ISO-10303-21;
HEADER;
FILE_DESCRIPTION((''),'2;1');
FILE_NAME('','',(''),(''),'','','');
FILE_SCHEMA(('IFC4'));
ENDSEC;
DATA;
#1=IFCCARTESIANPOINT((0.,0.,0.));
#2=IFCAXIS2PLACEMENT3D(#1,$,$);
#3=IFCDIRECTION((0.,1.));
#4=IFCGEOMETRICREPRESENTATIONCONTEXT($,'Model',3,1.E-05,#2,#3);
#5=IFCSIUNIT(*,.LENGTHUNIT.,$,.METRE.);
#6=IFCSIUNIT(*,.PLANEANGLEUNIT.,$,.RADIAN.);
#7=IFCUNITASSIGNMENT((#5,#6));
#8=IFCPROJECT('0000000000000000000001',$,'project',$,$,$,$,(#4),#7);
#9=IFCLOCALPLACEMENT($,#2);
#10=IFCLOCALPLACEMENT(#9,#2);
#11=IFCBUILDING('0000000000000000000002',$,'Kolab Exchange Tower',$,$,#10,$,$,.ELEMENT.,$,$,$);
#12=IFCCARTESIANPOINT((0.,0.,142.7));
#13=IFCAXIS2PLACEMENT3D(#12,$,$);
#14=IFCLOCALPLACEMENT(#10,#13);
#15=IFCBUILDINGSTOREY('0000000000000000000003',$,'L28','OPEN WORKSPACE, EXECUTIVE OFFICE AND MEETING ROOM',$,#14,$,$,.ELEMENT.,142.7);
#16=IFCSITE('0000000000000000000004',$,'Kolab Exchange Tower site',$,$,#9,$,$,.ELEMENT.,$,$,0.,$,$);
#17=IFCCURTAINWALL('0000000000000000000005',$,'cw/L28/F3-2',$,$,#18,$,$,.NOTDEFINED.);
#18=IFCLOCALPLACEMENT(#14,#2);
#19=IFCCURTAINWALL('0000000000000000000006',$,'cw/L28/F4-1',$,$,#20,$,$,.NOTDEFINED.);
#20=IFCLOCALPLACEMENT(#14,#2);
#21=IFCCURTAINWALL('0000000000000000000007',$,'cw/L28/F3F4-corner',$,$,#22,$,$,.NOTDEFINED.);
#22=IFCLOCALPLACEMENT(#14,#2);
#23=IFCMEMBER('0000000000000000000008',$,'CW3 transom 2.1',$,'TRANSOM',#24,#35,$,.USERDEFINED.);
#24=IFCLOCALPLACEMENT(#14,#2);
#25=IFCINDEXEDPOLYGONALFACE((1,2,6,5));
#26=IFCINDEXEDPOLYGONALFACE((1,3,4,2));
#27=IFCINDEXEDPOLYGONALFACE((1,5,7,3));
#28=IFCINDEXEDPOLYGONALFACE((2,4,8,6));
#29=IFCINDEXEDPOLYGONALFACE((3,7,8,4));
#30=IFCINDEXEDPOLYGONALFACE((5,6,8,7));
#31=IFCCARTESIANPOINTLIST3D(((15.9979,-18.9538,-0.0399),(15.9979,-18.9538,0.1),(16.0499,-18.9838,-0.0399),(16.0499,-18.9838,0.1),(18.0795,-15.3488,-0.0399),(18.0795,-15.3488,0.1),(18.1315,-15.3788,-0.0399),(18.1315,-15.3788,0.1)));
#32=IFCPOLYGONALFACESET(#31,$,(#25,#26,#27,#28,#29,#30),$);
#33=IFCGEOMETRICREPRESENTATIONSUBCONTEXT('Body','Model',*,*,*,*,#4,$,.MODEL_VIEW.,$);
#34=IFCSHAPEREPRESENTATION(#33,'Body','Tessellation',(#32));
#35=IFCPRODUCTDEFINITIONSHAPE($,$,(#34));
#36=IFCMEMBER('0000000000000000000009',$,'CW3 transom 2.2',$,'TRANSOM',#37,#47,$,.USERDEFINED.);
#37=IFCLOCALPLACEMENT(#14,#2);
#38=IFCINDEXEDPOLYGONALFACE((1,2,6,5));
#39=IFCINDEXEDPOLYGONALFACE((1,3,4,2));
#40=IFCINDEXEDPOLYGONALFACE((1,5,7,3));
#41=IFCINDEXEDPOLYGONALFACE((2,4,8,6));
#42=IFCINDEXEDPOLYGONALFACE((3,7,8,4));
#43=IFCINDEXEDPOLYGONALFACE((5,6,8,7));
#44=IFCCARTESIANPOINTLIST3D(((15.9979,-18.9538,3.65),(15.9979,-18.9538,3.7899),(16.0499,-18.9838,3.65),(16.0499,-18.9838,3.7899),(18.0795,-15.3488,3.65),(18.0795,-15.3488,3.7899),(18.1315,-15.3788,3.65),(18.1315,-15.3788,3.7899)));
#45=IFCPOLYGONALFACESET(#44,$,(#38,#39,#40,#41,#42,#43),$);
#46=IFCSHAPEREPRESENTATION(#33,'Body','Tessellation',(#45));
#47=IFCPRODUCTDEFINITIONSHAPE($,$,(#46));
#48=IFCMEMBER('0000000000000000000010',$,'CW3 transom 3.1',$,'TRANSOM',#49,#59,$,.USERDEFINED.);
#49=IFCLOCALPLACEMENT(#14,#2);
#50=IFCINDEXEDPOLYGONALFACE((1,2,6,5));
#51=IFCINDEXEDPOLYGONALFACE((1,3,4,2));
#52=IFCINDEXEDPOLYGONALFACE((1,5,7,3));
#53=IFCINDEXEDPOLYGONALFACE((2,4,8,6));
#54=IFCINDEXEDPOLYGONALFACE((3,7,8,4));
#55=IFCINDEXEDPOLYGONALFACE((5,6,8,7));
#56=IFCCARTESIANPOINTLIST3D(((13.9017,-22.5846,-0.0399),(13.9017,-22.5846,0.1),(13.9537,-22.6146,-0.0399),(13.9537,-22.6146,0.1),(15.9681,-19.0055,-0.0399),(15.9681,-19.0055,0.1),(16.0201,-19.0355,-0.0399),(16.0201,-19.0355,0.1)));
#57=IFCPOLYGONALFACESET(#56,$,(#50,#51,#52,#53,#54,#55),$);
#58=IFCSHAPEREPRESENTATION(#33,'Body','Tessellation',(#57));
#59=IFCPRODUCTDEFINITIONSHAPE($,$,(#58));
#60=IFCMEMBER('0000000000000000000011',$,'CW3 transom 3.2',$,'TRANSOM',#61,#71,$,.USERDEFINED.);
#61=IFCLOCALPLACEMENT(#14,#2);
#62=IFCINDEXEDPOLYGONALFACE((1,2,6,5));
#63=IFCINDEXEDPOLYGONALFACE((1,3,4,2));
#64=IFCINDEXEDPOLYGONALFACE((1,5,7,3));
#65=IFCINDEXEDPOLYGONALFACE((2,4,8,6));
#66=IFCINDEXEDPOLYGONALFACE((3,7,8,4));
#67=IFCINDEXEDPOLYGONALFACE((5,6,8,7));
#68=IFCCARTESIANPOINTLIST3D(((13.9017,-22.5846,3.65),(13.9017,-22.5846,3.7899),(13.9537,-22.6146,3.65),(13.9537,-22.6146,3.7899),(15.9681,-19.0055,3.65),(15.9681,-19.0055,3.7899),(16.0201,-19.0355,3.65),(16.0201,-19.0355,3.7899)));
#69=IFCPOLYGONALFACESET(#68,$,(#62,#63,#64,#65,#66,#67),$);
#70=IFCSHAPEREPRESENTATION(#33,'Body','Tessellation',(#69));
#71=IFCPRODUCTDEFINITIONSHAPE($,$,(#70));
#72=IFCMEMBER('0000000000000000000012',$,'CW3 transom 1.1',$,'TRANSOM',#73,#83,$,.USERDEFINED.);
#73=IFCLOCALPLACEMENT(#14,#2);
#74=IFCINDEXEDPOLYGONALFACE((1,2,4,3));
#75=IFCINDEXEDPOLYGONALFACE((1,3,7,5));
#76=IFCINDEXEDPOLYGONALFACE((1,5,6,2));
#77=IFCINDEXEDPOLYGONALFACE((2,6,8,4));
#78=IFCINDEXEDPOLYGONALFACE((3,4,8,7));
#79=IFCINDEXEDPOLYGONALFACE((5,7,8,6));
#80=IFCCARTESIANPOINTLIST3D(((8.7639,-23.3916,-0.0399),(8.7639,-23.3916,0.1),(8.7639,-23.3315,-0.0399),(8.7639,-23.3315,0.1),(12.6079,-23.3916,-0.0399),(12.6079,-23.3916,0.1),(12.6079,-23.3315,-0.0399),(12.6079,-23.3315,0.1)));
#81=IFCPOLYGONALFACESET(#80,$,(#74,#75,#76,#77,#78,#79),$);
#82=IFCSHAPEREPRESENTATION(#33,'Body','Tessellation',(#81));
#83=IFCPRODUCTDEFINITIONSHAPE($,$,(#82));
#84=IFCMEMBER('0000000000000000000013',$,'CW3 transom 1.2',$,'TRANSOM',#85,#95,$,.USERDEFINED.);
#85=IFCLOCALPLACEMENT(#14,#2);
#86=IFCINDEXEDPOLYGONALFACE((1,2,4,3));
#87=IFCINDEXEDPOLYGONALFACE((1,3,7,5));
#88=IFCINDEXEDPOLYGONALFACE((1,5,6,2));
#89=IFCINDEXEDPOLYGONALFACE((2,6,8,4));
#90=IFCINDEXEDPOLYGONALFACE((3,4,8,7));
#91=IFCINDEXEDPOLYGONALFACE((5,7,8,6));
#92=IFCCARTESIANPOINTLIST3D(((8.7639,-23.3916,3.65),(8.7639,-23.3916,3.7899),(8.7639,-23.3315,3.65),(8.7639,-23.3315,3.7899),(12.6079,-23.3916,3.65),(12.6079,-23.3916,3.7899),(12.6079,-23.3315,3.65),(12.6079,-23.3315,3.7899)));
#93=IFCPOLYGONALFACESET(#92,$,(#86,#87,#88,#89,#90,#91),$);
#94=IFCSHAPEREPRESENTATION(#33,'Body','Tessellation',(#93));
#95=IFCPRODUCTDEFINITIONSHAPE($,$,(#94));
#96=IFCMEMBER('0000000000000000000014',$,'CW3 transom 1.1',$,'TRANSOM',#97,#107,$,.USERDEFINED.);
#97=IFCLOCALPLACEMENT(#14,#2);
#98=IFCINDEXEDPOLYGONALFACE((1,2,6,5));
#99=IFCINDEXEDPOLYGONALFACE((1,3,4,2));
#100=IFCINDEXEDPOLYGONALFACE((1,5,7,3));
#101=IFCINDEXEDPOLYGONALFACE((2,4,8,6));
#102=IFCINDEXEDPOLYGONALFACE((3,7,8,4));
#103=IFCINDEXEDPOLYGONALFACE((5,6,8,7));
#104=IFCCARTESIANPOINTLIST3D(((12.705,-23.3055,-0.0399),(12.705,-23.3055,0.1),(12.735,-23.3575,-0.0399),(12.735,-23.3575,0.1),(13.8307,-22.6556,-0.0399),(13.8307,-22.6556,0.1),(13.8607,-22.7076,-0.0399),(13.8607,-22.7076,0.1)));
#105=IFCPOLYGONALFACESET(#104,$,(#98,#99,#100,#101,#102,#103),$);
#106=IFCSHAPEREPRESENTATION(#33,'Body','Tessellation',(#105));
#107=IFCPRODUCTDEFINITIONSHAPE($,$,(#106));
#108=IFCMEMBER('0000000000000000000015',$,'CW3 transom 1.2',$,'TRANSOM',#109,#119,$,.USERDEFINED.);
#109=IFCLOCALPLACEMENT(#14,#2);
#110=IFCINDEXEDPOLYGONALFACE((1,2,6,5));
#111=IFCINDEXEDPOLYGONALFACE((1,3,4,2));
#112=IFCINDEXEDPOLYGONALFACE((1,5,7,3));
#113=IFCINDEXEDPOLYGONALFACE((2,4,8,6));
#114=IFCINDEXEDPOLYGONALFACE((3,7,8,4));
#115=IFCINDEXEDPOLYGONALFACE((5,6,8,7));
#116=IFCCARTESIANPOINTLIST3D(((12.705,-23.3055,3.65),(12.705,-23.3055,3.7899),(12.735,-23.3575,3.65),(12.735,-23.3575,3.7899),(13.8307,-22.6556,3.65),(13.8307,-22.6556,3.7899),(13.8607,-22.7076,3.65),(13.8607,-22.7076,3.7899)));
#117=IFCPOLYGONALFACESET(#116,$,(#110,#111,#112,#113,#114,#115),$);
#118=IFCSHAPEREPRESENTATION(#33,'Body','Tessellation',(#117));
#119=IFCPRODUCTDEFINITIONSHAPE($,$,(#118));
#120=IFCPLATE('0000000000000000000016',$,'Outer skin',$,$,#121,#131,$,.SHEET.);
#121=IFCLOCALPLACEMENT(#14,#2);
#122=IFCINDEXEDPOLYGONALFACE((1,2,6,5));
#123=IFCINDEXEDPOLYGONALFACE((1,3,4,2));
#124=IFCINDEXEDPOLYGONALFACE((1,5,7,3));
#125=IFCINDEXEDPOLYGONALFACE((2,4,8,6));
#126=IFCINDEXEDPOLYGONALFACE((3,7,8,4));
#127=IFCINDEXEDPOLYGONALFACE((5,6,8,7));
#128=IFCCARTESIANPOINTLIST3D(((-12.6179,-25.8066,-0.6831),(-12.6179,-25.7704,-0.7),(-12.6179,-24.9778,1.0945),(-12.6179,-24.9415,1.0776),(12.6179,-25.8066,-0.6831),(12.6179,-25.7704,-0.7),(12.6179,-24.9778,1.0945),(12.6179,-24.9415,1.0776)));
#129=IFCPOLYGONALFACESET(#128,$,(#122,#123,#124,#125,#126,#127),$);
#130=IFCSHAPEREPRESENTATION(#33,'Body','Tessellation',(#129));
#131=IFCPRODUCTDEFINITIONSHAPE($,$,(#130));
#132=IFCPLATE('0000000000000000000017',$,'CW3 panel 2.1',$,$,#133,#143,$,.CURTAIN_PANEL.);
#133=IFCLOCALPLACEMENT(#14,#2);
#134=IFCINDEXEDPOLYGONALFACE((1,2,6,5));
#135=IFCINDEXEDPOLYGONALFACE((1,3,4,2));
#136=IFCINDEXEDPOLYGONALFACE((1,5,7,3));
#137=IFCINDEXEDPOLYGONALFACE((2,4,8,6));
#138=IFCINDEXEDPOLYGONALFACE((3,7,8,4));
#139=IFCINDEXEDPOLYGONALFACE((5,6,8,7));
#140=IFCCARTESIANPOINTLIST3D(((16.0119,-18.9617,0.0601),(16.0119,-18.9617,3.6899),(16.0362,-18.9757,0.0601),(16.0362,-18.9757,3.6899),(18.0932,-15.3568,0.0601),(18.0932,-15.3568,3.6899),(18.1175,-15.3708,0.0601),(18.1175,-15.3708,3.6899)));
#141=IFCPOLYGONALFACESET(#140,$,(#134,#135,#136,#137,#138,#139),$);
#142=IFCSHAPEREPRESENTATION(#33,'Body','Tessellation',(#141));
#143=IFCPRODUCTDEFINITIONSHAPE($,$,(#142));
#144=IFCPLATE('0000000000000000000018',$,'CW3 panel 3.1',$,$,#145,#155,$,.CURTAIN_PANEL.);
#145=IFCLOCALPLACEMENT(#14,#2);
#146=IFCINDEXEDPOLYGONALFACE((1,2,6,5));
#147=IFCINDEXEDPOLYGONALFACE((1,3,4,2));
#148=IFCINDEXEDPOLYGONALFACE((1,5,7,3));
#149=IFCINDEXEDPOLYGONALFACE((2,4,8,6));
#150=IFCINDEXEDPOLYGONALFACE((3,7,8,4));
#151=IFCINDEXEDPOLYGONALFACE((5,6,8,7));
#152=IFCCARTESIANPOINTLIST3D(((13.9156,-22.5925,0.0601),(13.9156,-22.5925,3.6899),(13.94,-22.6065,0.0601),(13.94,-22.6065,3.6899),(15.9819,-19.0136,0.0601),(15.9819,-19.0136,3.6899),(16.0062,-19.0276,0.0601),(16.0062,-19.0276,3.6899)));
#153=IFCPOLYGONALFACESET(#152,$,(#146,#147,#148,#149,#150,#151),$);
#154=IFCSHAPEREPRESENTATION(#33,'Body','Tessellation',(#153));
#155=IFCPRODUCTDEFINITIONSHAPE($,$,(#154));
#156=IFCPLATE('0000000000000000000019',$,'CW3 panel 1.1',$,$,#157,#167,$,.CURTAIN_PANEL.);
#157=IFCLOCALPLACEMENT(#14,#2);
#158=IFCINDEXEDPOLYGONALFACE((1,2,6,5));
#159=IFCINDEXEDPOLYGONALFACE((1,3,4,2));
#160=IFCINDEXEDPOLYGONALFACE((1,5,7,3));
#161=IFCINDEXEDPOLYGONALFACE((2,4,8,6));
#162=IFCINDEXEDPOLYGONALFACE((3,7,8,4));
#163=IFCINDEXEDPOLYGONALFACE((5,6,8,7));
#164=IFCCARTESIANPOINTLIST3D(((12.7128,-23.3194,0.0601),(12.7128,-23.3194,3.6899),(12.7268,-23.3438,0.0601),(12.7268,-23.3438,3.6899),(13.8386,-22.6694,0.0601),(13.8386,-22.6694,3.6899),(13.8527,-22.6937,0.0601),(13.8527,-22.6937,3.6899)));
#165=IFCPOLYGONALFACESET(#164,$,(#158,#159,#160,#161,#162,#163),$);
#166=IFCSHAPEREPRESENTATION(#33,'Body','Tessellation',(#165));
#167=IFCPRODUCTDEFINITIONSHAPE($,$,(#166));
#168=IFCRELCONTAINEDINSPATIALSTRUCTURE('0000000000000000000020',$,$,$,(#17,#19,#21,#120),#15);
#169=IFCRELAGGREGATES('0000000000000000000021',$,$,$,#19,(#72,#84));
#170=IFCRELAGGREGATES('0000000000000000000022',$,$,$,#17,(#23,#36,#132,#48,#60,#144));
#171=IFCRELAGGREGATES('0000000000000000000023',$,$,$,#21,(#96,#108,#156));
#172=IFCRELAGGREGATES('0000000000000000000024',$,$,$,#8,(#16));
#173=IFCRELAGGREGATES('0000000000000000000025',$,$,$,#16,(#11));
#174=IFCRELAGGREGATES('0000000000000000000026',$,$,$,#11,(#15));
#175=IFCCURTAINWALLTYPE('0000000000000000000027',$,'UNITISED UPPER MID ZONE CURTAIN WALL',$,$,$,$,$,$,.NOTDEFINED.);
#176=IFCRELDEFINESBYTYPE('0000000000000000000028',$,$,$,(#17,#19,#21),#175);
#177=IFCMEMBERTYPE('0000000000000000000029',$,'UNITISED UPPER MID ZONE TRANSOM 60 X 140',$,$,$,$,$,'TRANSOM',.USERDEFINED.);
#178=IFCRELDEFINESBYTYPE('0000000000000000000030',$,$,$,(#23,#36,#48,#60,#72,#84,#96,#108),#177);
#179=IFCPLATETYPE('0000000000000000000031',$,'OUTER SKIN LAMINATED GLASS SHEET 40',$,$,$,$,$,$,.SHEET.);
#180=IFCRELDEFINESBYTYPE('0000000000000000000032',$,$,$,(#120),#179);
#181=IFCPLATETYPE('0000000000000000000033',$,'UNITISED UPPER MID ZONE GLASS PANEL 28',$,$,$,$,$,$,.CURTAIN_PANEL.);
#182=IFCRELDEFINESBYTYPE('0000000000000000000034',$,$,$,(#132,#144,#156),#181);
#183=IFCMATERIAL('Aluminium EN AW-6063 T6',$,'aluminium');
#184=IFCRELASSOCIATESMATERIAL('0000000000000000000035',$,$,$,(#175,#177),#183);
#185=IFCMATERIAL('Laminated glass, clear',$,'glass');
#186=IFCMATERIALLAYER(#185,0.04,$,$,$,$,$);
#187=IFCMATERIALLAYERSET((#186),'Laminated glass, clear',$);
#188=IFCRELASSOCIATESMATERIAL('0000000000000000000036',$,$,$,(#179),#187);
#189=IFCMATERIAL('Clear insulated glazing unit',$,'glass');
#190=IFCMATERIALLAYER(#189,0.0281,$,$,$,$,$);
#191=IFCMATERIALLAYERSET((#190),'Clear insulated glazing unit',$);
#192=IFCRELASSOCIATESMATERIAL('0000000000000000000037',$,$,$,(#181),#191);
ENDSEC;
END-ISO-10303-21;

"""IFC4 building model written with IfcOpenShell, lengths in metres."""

from ifc_helpers import new_model, si_unit, direction, frame, origin, origin_2d, place, context, subcontext, project, spatial, polyline, rectangle, outline, extrude, material, layer, layer_set, material_profile, profile_set, type_object, element, aggregate, save


model = new_model("IFC4")

# Units and contexts
model_context = context("Model", 3, precision=1e-05, world=origin(), true_north=direction((0.0, 1.0)))
body_context = subcontext(model_context, "Body", "Model", "MODEL_VIEW")
ifc_project = project(units=[si_unit("LENGTHUNIT", "METRE"), si_unit("PLANEANGLEUNIT", "RADIAN")], contexts=[model_context])

# Site, building, storey
site_placement = place(None, origin())
site = spatial("IfcSite", under=ifc_project, at=site_placement, Name="Kolab Exchange Tower site", CompositionType="ELEMENT", RefElevation=0.0)
building_placement = place(site_placement, origin())
building = spatial("IfcBuilding", under=site, at=building_placement, Name="Kolab Exchange Tower", CompositionType="ELEMENT")
storey_placement = place(building_placement, frame((0.0, 0.0, 142.7)))
storey = spatial("IfcBuildingStorey", under=building, at=storey_placement, Name="L28", Description="OPEN WORKSPACE, EXECUTIVE OFFICE AND MEETING ROOM", CompositionType="ELEMENT", Elevation=142.7)

# Curtain wall
ifc_material_1 = material(Name="Aluminium EN AW-6063 T6", Category="aluminium")
curtain_wall_type = type_object("IfcCurtainWallType", Name="UNITISED UPPER MID ZONE CURTAIN WALL", PredefinedType="NOTDEFINED", material=ifc_material_1)
curtain_wall_1_placement = place(storey_placement, origin())
curtain_wall_1 = element("IfcCurtainWall", 1, at=curtain_wall_1_placement, inside=storey, type_object=curtain_wall_type, Name="cw/L28/F3-2", PredefinedType="NOTDEFINED")

# Curtain wall
curtain_wall_2_placement = place(storey_placement, origin())
curtain_wall_2 = element("IfcCurtainWall", 2, at=curtain_wall_2_placement, inside=storey, type_object=curtain_wall_type, Name="cw/L28/F4-1", PredefinedType="NOTDEFINED")

# Curtain wall
curtain_wall_3_placement = place(storey_placement, origin())
curtain_wall_3 = element("IfcCurtainWall", 3, at=curtain_wall_3_placement, inside=storey, type_object=curtain_wall_type, Name="cw/L28/F3F4-corner", PredefinedType="NOTDEFINED")

# Members
ifc_material_profile_1 = material_profile(ifc_material_1, rectangle(XDim=0.0601, YDim=0.1399, at=origin_2d()), Name="RECT 60X140")
ifc_profile_set_1 = profile_set([ifc_material_profile_1], Name="Aluminium EN AW-6063 T6")
member_type_1 = type_object("IfcMemberType", Name="UNITISED UPPER MID ZONE TRANSOM 60 X 140", ElementType="TRANSOM", PredefinedType="USERDEFINED", material=ifc_profile_set_1)
member_1_placement = place(storey_placement, frame((18.1055, -15.3638, 0.03), z_axis=(-0.500037, -0.866004, 0.0), x_axis=(0.866004, -0.500037, 0.0)))
member_1 = element("IfcMember", 4, at=member_1_placement, type_object=member_type_1, Name="CW3 transom 2.1", ObjectType="TRANSOM", PredefinedType="USERDEFINED", context=body_context, shape_type="SweptSolid", body=[
    extrude(rectangle(XDim=0.0601, YDim=0.1399, at=origin_2d()), origin(), (0.0, 0.0, 1.0), 4.1628),
])
member_2_placement = place(storey_placement, frame((18.1055, -15.3638, 3.72), z_axis=(-0.500037, -0.866004, 0.0), x_axis=(0.866004, -0.500037, 0.0)))
member_2 = element("IfcMember", 5, at=member_2_placement, type_object=member_type_1, Name="CW3 transom 2.2", ObjectType="TRANSOM", PredefinedType="USERDEFINED", context=body_context, shape_type="SweptSolid", body=[
    extrude(rectangle(XDim=0.0601, YDim=0.1399, at=origin_2d()), origin(), (0.0, 0.0, 1.0), 4.1628),
])
member_3_placement = place(storey_placement, frame((15.9941, -19.0205, 0.03), z_axis=(-0.500002, -0.866024, 0.0), x_axis=(0.866024, -0.500002, 0.0)))
member_3 = element("IfcMember", 6, at=member_3_placement, type_object=member_type_1, Name="CW3 transom 3.1", ObjectType="TRANSOM", PredefinedType="USERDEFINED", context=body_context, shape_type="SweptSolid", body=[
    extrude(rectangle(XDim=0.0601, YDim=0.1399, at=origin_2d()), origin(), (0.0, 0.0, 1.0), 4.1328),
])
member_4_placement = place(storey_placement, frame((15.9941, -19.0205, 3.72), z_axis=(-0.500002, -0.866024, 0.0), x_axis=(0.866024, -0.500002, 0.0)))
member_4 = element("IfcMember", 7, at=member_4_placement, type_object=member_type_1, Name="CW3 transom 3.2", ObjectType="TRANSOM", PredefinedType="USERDEFINED", context=body_context, shape_type="SweptSolid", body=[
    extrude(rectangle(XDim=0.0601, YDim=0.1399, at=origin_2d()), origin(), (0.0, 0.0, 1.0), 4.1328),
])
member_5_placement = place(storey_placement, frame((12.6079, -23.3616, 0.03), z_axis=(-1.0, 0.0, 0.0), x_axis=(0.0, -1.0, 0.0)))
member_5 = element("IfcMember", 8, at=member_5_placement, type_object=member_type_1, Name="CW3 transom 1.1", ObjectType="TRANSOM", PredefinedType="USERDEFINED", context=body_context, shape_type="SweptSolid", body=[
    extrude(rectangle(XDim=0.0601, YDim=0.1399, at=origin_2d()), origin(), (0.0, 0.0, 1.0), 3.844),
])
member_6_placement = place(storey_placement, frame((12.6079, -23.3616, 3.72), z_axis=(-1.0, 0.0, 0.0), x_axis=(0.0, -1.0, 0.0)))
member_6 = element("IfcMember", 9, at=member_6_placement, type_object=member_type_1, Name="CW3 transom 1.2", ObjectType="TRANSOM", PredefinedType="USERDEFINED", context=body_context, shape_type="SweptSolid", body=[
    extrude(rectangle(XDim=0.0601, YDim=0.1399, at=origin_2d()), origin(), (0.0, 0.0, 1.0), 3.844),
])
aggregate(curtain_wall_2, [member_5, member_6])
member_7_placement = place(storey_placement, frame((13.8457, -22.6816, 0.03), z_axis=(-0.866039, -0.499977, 0.0), x_axis=(0.499977, -0.866039, 0.0)))
member_7 = element("IfcMember", 10, at=member_7_placement, type_object=member_type_1, Name="CW3 transom 1.1", ObjectType="TRANSOM", PredefinedType="USERDEFINED", context=body_context, shape_type="SweptSolid", body=[
    extrude(rectangle(XDim=0.0601, YDim=0.1399, at=origin_2d()), origin(), (0.0, 0.0, 1.0), 1.2998),
])
member_8_placement = place(storey_placement, frame((13.8457, -22.6816, 3.72), z_axis=(-0.866039, -0.499977, 0.0), x_axis=(0.499977, -0.866039, 0.0)))
member_8 = element("IfcMember", 11, at=member_8_placement, type_object=member_type_1, Name="CW3 transom 1.2", ObjectType="TRANSOM", PredefinedType="USERDEFINED", context=body_context, shape_type="SweptSolid", body=[
    extrude(rectangle(XDim=0.0601, YDim=0.1399, at=origin_2d()), origin(), (0.0, 0.0, 1.0), 1.2998),
])

# Plates
ifc_material_2 = material(Name="Laminated glass, clear", Category="glass")
ifc_layer_1 = layer(ifc_material_2, 0.04)
ifc_layer_set_1 = layer_set([ifc_layer_1], Name="Laminated glass, clear")
plate_type_1 = type_object("IfcPlateType", Name="OUTER SKIN LAMINATED GLASS SHEET 40", PredefinedType="SHEET", material=ifc_layer_set_1)
plate_1_placement = place(storey_placement, frame((12.6179, -25.8066, -0.6831), z_axis=(0.0, -0.906317, 0.422599), x_axis=(-1.0, 0.0, 0.0)))
element("IfcPlate", 12, at=plate_1_placement, inside=storey, type_object=plate_type_1, Name="Outer skin", PredefinedType="SHEET", context=body_context, shape_type="SweptSolid", body=[
    extrude(outline(polyline([(0.0, 0.0), (25.2358, 0.0), (25.2358, -1.9613), (0.0, -1.9613), (0.0, 0.0)])), origin(), (0.0, 0.0, -1.0), 0.04),
])
ifc_material_3 = material(Name="Clear insulated glazing unit", Category="glass")
ifc_layer_2 = layer(ifc_material_3, 0.0281)
ifc_layer_set_2 = layer_set([ifc_layer_2], Name="Clear insulated glazing unit")
plate_type_2 = type_object("IfcPlateType", Name="UNITISED UPPER MID ZONE GLASS PANEL 28", PredefinedType="CURTAIN_PANEL", material=ifc_layer_set_2)
plate_2_placement = place(storey_placement, frame((17.0647, -17.1663, 0.0601), z_axis=(0.0, 0.0, 1.0), x_axis=(-0.5, -0.866025, 0.0)))
plate_2 = element("IfcPlate", 13, at=plate_2_placement, type_object=plate_type_2, Name="CW3 panel 2.1", PredefinedType="CURTAIN_PANEL", context=body_context, shape_type="SweptSolid", body=[
    extrude(rectangle(XDim=4.1626, YDim=0.0281, at=origin_2d()), origin(), (0.0, 0.0, 1.0), 3.6299),
])
plate_3_placement = place(storey_placement, frame((14.9609, -20.8101, 0.0601), z_axis=(0.0, 0.0, 1.0), x_axis=(-0.5, -0.866025, 0.0)))
plate_3 = element("IfcPlate", 14, at=plate_3_placement, type_object=plate_type_2, Name="CW3 panel 3.1", PredefinedType="CURTAIN_PANEL", context=body_context, shape_type="SweptSolid", body=[
    extrude(rectangle(XDim=4.1326, YDim=0.0281, at=origin_2d()), origin(), (0.0, 0.0, 1.0), 3.6299),
])
aggregate(curtain_wall_1, [member_1, member_2, plate_2, member_3, member_4, plate_3])
plate_4_placement = place(storey_placement, frame((13.2827, -23.0066, 0.0601), z_axis=(0.0, 0.0, 1.0), x_axis=(-0.866025, -0.5, 0.0)))
plate_4 = element("IfcPlate", 15, at=plate_4_placement, type_object=plate_type_2, Name="CW3 panel 1.1", PredefinedType="CURTAIN_PANEL", context=body_context, shape_type="SweptSolid", body=[
    extrude(rectangle(XDim=1.3, YDim=0.0281, at=origin_2d()), origin(), (0.0, 0.0, 1.0), 3.6299),
])
aggregate(curtain_wall_3, [member_7, member_8, plate_4])

save(model, "model.ifc")
